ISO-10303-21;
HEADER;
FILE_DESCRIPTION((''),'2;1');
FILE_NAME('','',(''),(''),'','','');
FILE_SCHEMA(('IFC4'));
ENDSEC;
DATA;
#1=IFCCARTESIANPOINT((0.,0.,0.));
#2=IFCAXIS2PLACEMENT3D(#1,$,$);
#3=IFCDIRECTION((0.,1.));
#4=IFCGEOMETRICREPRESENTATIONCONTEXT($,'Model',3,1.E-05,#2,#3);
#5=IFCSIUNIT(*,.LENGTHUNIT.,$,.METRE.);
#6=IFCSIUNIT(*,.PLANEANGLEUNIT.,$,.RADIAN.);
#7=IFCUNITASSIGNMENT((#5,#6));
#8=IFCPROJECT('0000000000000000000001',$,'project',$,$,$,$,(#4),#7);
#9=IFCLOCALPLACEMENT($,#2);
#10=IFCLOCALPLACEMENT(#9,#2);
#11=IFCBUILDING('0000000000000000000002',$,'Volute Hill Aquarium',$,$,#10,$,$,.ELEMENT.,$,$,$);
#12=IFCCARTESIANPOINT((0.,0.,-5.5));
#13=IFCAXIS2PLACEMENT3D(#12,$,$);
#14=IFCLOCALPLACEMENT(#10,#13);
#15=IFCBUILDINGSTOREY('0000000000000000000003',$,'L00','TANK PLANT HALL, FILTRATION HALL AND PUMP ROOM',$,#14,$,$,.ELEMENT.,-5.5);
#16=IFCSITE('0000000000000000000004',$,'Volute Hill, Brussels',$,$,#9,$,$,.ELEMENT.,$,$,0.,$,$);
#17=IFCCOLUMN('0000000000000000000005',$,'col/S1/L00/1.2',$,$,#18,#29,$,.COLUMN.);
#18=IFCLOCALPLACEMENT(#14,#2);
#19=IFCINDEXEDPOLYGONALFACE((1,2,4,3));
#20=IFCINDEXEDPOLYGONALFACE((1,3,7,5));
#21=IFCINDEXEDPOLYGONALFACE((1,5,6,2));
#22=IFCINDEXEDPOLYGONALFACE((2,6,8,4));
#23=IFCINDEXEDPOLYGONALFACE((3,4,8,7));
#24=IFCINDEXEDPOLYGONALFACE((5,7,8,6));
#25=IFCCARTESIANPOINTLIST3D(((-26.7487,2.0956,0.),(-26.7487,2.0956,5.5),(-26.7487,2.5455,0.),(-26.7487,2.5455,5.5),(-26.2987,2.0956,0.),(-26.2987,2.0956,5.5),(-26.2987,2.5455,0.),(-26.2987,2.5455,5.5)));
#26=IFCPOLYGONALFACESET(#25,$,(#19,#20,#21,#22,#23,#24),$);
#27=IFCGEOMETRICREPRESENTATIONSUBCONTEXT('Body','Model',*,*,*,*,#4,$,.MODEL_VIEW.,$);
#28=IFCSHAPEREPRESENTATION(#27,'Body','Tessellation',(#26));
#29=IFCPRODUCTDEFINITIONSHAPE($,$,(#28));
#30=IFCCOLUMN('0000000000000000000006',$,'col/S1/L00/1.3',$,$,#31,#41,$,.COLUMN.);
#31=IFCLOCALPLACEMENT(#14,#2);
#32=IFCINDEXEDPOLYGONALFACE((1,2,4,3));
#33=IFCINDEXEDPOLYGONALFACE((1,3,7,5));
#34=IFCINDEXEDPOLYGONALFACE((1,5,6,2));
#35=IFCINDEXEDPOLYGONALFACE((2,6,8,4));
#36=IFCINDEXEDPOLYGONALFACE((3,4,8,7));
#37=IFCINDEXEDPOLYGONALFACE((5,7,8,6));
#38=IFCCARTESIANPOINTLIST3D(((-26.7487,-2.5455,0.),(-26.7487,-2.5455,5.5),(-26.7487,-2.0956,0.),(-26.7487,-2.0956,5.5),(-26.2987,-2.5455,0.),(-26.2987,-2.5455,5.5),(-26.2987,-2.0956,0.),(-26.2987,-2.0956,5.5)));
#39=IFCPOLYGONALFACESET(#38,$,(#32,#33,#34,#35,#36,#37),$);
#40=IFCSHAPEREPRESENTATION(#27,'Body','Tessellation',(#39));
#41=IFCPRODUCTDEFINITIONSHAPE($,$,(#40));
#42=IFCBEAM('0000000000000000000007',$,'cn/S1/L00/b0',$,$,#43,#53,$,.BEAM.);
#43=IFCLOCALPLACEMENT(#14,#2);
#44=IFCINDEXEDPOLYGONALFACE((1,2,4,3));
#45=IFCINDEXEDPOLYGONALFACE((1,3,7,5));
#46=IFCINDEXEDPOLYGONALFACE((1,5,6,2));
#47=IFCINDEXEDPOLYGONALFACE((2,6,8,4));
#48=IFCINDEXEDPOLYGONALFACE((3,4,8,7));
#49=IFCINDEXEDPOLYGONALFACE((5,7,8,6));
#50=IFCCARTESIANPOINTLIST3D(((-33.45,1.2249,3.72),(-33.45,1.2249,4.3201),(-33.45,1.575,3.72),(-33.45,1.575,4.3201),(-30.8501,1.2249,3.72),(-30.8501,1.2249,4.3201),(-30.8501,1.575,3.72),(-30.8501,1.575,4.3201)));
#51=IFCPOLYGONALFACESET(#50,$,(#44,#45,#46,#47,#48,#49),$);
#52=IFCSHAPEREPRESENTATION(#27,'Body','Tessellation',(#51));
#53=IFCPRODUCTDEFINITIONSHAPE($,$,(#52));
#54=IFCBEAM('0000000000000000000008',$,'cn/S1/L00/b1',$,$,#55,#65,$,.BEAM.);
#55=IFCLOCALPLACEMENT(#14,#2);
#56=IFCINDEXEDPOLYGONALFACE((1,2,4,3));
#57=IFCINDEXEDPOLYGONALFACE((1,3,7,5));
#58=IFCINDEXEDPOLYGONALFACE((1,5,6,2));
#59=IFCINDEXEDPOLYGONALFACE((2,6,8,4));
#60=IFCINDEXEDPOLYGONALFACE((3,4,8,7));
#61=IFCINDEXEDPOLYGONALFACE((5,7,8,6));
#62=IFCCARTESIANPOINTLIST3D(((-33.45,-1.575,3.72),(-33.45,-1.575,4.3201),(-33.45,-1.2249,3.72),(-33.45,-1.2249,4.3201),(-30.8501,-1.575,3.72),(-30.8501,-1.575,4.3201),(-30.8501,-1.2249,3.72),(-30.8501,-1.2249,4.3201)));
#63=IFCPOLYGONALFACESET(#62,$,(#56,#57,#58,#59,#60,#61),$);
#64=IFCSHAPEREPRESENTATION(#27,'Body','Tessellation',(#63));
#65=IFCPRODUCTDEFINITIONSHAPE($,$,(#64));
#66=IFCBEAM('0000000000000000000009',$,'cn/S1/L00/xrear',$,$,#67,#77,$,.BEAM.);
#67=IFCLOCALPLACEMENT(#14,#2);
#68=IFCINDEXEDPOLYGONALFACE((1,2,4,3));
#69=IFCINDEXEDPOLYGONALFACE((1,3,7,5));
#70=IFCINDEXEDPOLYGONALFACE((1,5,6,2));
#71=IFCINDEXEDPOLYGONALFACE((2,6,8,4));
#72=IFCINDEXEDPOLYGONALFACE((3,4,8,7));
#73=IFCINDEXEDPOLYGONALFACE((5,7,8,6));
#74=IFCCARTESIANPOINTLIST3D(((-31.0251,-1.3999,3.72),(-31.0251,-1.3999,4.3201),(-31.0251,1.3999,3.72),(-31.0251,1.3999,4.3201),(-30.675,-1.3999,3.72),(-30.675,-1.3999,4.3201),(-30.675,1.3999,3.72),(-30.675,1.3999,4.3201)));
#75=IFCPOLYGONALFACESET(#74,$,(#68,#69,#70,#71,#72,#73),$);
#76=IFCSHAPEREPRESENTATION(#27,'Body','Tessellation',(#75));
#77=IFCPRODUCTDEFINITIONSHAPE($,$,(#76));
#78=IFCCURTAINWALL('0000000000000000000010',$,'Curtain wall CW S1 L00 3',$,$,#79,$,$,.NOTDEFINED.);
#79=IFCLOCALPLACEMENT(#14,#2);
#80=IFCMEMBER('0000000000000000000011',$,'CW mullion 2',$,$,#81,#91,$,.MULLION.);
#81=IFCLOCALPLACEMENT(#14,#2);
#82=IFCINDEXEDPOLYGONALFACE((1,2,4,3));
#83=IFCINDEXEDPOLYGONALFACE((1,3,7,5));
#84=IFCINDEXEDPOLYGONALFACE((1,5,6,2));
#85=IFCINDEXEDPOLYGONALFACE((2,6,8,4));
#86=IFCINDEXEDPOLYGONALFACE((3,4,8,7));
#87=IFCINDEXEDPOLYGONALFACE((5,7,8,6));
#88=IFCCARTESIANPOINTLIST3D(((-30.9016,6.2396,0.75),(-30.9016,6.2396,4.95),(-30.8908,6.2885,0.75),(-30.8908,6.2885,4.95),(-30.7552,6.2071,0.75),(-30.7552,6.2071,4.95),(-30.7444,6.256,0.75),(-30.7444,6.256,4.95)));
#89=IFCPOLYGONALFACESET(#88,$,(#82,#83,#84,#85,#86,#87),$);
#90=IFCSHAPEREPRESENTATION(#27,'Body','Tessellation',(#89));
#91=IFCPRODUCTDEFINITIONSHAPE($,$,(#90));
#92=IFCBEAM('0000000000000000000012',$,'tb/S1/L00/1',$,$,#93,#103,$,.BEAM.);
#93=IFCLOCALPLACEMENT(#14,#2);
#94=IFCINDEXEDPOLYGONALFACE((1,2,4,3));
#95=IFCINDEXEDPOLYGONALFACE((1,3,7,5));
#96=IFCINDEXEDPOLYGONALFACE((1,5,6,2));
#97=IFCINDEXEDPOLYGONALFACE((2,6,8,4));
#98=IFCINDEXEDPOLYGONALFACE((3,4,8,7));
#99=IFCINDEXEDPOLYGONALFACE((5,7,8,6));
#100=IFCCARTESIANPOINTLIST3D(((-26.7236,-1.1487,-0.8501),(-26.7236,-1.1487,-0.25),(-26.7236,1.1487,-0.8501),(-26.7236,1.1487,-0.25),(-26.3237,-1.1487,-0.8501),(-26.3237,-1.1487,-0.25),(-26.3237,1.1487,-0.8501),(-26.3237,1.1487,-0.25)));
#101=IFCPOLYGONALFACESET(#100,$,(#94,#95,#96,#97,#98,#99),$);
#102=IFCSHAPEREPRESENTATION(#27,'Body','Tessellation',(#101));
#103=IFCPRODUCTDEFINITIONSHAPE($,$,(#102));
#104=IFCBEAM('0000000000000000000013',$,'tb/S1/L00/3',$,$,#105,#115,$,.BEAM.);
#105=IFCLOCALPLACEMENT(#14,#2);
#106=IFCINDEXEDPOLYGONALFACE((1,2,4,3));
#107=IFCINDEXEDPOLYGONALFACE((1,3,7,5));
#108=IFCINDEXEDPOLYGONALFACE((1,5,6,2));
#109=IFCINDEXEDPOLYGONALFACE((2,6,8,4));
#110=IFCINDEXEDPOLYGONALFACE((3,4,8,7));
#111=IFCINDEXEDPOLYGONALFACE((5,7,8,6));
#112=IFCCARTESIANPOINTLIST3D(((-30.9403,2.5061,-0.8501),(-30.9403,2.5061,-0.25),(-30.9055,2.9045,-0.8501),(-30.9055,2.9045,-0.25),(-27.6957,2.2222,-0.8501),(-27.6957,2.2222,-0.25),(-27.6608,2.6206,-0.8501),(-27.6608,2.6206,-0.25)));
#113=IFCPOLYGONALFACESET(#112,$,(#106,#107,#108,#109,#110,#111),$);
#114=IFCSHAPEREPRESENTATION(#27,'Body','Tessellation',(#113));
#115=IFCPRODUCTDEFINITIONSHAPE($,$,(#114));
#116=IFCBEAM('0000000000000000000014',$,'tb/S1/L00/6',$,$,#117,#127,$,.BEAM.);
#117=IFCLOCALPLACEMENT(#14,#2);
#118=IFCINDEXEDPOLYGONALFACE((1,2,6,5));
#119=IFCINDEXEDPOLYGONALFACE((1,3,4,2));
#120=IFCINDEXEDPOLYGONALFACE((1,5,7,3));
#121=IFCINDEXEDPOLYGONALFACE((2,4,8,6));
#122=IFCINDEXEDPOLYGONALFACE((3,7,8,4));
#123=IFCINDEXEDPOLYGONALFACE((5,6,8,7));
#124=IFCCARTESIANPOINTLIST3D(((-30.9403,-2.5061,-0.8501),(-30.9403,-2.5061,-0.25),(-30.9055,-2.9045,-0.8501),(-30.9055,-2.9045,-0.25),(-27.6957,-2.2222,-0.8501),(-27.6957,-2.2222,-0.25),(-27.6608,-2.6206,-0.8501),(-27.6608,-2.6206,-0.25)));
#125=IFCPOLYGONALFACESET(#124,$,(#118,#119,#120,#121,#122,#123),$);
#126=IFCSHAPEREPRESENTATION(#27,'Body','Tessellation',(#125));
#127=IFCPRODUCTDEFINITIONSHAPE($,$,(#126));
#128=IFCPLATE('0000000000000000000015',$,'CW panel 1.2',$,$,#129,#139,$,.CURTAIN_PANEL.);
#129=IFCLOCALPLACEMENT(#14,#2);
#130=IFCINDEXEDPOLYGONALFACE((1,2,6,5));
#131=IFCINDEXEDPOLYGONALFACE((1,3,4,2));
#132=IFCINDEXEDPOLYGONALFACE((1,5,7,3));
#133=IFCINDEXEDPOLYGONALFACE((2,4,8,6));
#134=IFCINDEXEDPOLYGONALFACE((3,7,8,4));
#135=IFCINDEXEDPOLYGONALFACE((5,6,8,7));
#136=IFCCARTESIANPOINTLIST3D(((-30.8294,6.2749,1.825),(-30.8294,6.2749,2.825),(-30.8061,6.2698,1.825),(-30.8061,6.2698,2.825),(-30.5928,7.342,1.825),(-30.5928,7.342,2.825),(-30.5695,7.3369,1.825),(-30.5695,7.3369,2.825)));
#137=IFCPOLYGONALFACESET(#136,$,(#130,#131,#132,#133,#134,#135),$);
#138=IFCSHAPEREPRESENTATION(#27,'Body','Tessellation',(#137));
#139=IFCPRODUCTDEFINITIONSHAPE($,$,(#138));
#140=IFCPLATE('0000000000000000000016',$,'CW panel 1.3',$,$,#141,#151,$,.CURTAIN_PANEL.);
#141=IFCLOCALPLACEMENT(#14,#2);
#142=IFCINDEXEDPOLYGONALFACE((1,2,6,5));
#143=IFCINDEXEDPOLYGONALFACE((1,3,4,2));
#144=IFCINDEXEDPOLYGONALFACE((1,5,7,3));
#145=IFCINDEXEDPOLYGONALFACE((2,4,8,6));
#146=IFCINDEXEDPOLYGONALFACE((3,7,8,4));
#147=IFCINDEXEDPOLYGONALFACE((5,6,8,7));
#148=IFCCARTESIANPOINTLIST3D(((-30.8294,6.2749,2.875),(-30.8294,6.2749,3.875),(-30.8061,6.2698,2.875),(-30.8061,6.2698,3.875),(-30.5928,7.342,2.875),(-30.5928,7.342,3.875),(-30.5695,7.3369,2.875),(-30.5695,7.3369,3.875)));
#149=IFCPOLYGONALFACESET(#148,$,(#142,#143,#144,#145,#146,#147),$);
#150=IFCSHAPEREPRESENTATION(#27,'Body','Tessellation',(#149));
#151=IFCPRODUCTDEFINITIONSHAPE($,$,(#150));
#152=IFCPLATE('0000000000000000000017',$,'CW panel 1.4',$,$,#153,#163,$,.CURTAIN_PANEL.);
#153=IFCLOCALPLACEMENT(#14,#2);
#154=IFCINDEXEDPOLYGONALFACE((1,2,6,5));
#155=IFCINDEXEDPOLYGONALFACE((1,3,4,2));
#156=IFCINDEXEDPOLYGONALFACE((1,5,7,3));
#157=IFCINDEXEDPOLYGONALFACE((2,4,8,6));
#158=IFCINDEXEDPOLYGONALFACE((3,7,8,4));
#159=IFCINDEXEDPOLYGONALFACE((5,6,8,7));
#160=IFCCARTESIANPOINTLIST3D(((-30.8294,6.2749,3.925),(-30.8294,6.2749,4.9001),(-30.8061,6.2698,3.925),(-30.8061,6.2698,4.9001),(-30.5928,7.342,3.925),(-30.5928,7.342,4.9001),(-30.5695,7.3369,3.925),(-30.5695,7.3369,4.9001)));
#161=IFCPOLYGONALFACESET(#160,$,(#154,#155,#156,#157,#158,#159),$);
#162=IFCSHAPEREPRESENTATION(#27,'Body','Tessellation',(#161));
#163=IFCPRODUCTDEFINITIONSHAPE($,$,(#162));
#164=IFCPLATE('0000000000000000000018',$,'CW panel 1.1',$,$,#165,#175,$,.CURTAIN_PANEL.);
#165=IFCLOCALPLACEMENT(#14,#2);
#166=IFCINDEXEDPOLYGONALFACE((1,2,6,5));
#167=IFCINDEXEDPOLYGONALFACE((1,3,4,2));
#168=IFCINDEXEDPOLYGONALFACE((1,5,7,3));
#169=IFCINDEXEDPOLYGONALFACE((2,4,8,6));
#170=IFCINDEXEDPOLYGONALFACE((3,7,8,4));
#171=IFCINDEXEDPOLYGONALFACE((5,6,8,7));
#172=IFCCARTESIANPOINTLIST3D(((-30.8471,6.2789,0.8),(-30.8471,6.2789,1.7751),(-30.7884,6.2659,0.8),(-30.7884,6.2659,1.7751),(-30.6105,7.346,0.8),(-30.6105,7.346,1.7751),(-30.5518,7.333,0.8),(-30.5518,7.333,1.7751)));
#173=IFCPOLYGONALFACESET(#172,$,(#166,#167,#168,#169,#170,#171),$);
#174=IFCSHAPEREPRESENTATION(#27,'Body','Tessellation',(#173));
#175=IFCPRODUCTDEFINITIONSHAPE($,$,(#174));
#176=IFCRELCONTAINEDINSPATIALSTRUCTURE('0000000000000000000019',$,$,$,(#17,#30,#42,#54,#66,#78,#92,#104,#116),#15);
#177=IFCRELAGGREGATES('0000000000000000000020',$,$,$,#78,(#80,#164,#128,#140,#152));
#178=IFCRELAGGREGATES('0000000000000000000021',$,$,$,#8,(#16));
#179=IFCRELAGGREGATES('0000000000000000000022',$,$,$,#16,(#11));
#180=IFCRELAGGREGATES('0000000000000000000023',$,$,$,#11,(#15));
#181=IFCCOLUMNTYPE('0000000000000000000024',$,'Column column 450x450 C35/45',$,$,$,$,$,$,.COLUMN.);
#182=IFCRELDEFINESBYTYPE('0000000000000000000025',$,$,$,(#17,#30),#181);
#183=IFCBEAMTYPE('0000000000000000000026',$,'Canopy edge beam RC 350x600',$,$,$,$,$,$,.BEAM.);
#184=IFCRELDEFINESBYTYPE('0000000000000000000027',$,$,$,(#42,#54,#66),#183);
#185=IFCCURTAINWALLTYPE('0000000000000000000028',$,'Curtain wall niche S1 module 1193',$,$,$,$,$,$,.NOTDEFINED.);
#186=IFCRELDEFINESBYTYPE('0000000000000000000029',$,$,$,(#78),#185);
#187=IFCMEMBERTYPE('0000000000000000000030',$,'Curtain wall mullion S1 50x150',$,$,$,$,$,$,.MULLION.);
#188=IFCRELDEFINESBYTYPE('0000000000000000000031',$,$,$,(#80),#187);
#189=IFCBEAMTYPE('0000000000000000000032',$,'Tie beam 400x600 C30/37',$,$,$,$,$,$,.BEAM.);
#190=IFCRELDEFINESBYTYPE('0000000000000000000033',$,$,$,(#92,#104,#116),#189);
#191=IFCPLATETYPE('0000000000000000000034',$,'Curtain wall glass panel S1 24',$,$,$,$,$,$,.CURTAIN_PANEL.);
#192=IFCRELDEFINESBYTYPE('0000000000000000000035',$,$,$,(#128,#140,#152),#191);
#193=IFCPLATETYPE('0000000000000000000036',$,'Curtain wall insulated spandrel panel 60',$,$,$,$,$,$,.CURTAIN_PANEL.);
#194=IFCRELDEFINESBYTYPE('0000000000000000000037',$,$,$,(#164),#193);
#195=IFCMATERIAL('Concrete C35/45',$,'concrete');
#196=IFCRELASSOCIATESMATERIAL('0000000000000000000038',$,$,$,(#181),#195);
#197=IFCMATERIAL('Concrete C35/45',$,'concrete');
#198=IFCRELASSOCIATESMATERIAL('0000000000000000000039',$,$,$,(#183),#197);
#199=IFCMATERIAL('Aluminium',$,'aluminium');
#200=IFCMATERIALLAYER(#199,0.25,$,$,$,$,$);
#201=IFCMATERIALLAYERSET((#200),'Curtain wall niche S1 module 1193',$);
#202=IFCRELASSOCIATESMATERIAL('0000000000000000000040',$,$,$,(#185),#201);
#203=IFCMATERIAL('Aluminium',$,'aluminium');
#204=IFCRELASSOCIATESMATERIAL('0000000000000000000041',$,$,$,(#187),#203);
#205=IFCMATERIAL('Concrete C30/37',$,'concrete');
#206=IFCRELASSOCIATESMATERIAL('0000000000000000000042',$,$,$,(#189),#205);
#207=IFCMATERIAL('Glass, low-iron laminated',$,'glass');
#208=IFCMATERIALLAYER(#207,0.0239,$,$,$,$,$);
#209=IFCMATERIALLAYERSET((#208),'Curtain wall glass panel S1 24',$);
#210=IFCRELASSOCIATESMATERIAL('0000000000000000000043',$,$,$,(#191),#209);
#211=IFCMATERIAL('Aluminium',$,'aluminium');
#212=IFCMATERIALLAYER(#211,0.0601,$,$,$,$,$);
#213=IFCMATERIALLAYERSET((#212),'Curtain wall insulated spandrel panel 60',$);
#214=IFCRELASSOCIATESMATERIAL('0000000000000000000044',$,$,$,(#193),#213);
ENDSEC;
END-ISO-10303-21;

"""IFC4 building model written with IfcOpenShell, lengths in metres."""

from ifc_helpers import new_model, si_unit, direction, frame, origin, origin_2d, place, context, subcontext, project, spatial, rectangle, extrude, material, layer, layer_set, material_profile, profile_set, type_object, element, aggregate, save


model = new_model("IFC4")

# Units and contexts
model_context = context("Model", 3, precision=1e-05, world=origin(), true_north=direction((0.0, 1.0)))
body_context = subcontext(model_context, "Body", "Model", "MODEL_VIEW")
ifc_project = project(units=[si_unit("LENGTHUNIT", "METRE"), si_unit("PLANEANGLEUNIT", "RADIAN")], contexts=[model_context])

# Site, building, storey
site_placement = place(None, origin())
site = spatial("IfcSite", under=ifc_project, at=site_placement, Name="Volute Hill, Brussels", CompositionType="ELEMENT", RefElevation=0.0)
building_placement = place(site_placement, origin())
building = spatial("IfcBuilding", under=site, at=building_placement, Name="Volute Hill Aquarium", CompositionType="ELEMENT")
storey_placement = place(building_placement, frame((0.0, 0.0, -5.5)))
storey = spatial("IfcBuildingStorey", under=building, at=storey_placement, Name="L00", Description="TANK PLANT HALL, FILTRATION HALL AND PUMP ROOM", CompositionType="ELEMENT", Elevation=-5.5)

# Columns
ifc_material_1 = material(Name="Concrete C35/45", Category="concrete")
ifc_material_profile_1 = material_profile(ifc_material_1, rectangle(XDim=0.45, YDim=0.45, at=origin_2d()), Name="RC column 450x450")
ifc_profile_set_1 = profile_set([ifc_material_profile_1], Name="Concrete C35/45")
column_type = type_object("IfcColumnType", Name="Column column 450x450 C35/45", PredefinedType="COLUMN", material=ifc_profile_set_1)
for number, where, z_axis, x_axis, name in (
    (1, (-26.5237, 2.3206, 0.0), (0.0, 0.0, 1.0), (1.0, 0.0, 0.0), "col/S1/L00/1.2"),
    (2, (-26.5237, -2.3206, 0.0), (0.0, 0.0, 1.0), (1.0, 0.0, 0.0), "col/S1/L00/1.3"),
):
    element("IfcColumn", number, at=place(storey_placement, frame(where, z_axis=z_axis, x_axis=x_axis)), inside=storey, type_object=column_type, Name=name, PredefinedType="COLUMN", context=body_context, shape_type="SweptSolid", body=[
        extrude(rectangle(XDim=0.45, YDim=0.45, at=origin_2d()), origin(), (0.0, 0.0, 1.0), 5.5),
    ])

# Beams
ifc_material_2 = material(Name="Concrete C35/45", Category="concrete")
ifc_material_profile_2 = material_profile(ifc_material_2, rectangle(XDim=0.3501, YDim=0.6001, at=origin_2d()), Name="RC edge beam 350x600")
ifc_profile_set_2 = profile_set([ifc_material_profile_2], Name="Concrete C35/45")
beam_type_1 = type_object("IfcBeamType", Name="Canopy edge beam RC 350x600", PredefinedType="BEAM", material=ifc_profile_set_2)
for number, where, z_axis, x_axis, name in (
    (3, (-30.8501, 1.3999, 4.02), (-1.0, 0.0, 0.0), (0.0, -1.0, 0.0), "cn/S1/L00/b0"),
    (4, (-30.8501, -1.3999, 4.02), (-1.0, 0.0, 0.0), (0.0, -1.0, 0.0), "cn/S1/L00/b1"),
):
    element("IfcBeam", number, at=place(storey_placement, frame(where, z_axis=z_axis, x_axis=x_axis)), inside=storey, type_object=beam_type_1, Name=name, PredefinedType="BEAM", context=body_context, shape_type="SweptSolid", body=[
        extrude(rectangle(XDim=0.3501, YDim=0.6001, at=origin_2d()), origin(), (0.0, 0.0, 1.0), 2.5999),
    ])
beam_1_placement = place(storey_placement, frame((-30.8501, 1.3999, 4.02), z_axis=(0.0, -1.0, 0.0), x_axis=(1.0, 0.0, 0.0)))
element("IfcBeam", 5, at=beam_1_placement, inside=storey, type_object=beam_type_1, Name="cn/S1/L00/xrear", PredefinedType="BEAM", context=body_context, shape_type="SweptSolid", body=[
    extrude(rectangle(XDim=0.3501, YDim=0.6001, at=origin_2d()), origin(), (0.0, 0.0, 1.0), 2.7998),
])

# Curtain wall, member
ifc_material_3 = material(Name="Aluminium", Category="aluminium")
ifc_layer_1 = layer(ifc_material_3, 0.25)
ifc_layer_set_1 = layer_set([ifc_layer_1], Name="Curtain wall niche S1 module 1193")
curtain_wall_type = type_object("IfcCurtainWallType", Name="Curtain wall niche S1 module 1193", PredefinedType="NOTDEFINED", material=ifc_layer_set_1)
curtain_wall_placement = place(storey_placement, origin())
curtain_wall = element("IfcCurtainWall", 6, at=curtain_wall_placement, inside=storey, type_object=curtain_wall_type, Name="Curtain wall CW S1 L00 3", PredefinedType="NOTDEFINED")
ifc_material_4 = material(Name="Aluminium", Category="aluminium")
ifc_material_profile_3 = material_profile(ifc_material_4, rectangle(XDim=0.1499, YDim=0.05, at=origin_2d()), Name="Curtain wall mullion S1 50x150")
ifc_profile_set_3 = profile_set([ifc_material_profile_3], Name="Aluminium")
member_type = type_object("IfcMemberType", Name="Curtain wall mullion S1 50x150", PredefinedType="MULLION", material=ifc_profile_set_3)
member_placement = place(storey_placement, frame((-30.823, 6.2478, 0.75), z_axis=(0.0, 0.0, 1.0), x_axis=(0.976292, -0.216458, 0.0)))
member = element("IfcMember", 7, at=member_placement, type_object=member_type, Name="CW mullion 2", PredefinedType="MULLION", context=body_context, shape_type="SweptSolid", body=[
    extrude(rectangle(XDim=0.1499, YDim=0.05, at=origin_2d()), origin(), (0.0, 0.0, 1.0), 4.2),
])

# Beams
ifc_material_5 = material(Name="Concrete C30/37", Category="concrete")
ifc_material_profile_4 = material_profile(ifc_material_5, rectangle(XDim=0.3999, YDim=0.6001, at=origin_2d()), Name="RC tie beam 400x600")
ifc_profile_set_4 = profile_set([ifc_material_profile_4], Name="Concrete C30/37")
beam_type_2 = type_object("IfcBeamType", Name="Tie beam 400x600 C30/37", PredefinedType="BEAM", material=ifc_profile_set_4)
beam_2_placement = place(storey_placement, frame((-26.5237, 1.1487, -0.55), z_axis=(0.0, -1.0, 0.0), x_axis=(1.0, 0.0, 0.0)))
element("IfcBeam", 8, at=beam_2_placement, inside=storey, type_object=beam_type_2, Name="tb/S1/L00/1", PredefinedType="BEAM", context=body_context, shape_type="SweptSolid", body=[
    extrude(rectangle(XDim=0.3999, YDim=0.6001, at=origin_2d()), origin(), (0.0, 0.0, 1.0), 2.2974),
])
for number, where, z_axis, x_axis, name in (
    (9, (-27.6782, 2.4214, -0.55), (-0.996193, 0.087176, 0.0), (-0.087176, -0.996193, 0.0), "tb/S1/L00/3"),
    (10, (-27.6782, -2.4214, -0.55), (-0.996193, -0.087176, 0.0), (0.087176, -0.996193, 0.0), "tb/S1/L00/6"),
):
    element("IfcBeam", number, at=place(storey_placement, frame(where, z_axis=z_axis, x_axis=x_axis)), inside=storey, type_object=beam_type_2, Name=name, PredefinedType="BEAM", context=body_context, shape_type="SweptSolid", body=[
        extrude(rectangle(XDim=0.3999, YDim=0.6001, at=origin_2d()), origin(), (0.0, 0.0, 1.0), 3.2571),
    ])

# Plates
ifc_material_6 = material(Name="Glass, low-iron laminated", Category="glass")
ifc_layer_2 = layer(ifc_material_6, 0.0239)
ifc_layer_set_2 = layer_set([ifc_layer_2], Name="Curtain wall glass panel S1 24")
plate_type_1 = type_object("IfcPlateType", Name="Curtain wall glass panel S1 24", PredefinedType="CURTAIN_PANEL", material=ifc_layer_set_2)
plate_1_placement = place(storey_placement, frame((-30.6995, 6.8059, 1.825), z_axis=(0.0, 0.0, 1.0), x_axis=(-0.216458, -0.976292, 0.0)))
plate_1 = element("IfcPlate", 11, at=plate_1_placement, type_object=plate_type_1, Name="CW panel 1.2", PredefinedType="CURTAIN_PANEL", context=body_context, shape_type="SweptSolid", body=[
    extrude(rectangle(XDim=1.093, YDim=0.0239, at=origin_2d()), origin(), (0.0, 0.0, 1.0), 1.0),
])
plate_2_placement = place(storey_placement, frame((-30.6995, 6.8059, 2.875), z_axis=(0.0, 0.0, 1.0), x_axis=(-0.216458, -0.976292, 0.0)))
plate_2 = element("IfcPlate", 12, at=plate_2_placement, type_object=plate_type_1, Name="CW panel 1.3", PredefinedType="CURTAIN_PANEL", context=body_context, shape_type="SweptSolid", body=[
    extrude(rectangle(XDim=1.093, YDim=0.0239, at=origin_2d()), origin(), (0.0, 0.0, 1.0), 1.0),
])
plate_3_placement = place(storey_placement, frame((-30.6995, 6.8059, 3.925), z_axis=(0.0, 0.0, 1.0), x_axis=(-0.216458, -0.976292, 0.0)))
plate_3 = element("IfcPlate", 13, at=plate_3_placement, type_object=plate_type_1, Name="CW panel 1.4", PredefinedType="CURTAIN_PANEL", context=body_context, shape_type="SweptSolid", body=[
    extrude(rectangle(XDim=1.093, YDim=0.0239, at=origin_2d()), origin(), (0.0, 0.0, 1.0), 0.9751),
])
ifc_material_7 = material(Name="Aluminium", Category="aluminium")
ifc_layer_3 = layer(ifc_material_7, 0.0601)
ifc_layer_set_3 = layer_set([ifc_layer_3], Name="Curtain wall insulated spandrel panel 60")
plate_type_2 = type_object("IfcPlateType", Name="Curtain wall insulated spandrel panel 60", PredefinedType="CURTAIN_PANEL", material=ifc_layer_set_3)
plate_4_placement = place(storey_placement, frame((-30.6995, 6.8059, 0.8), z_axis=(0.0, 0.0, 1.0), x_axis=(-0.216458, -0.976292, 0.0)))
plate_4 = element("IfcPlate", 14, at=plate_4_placement, type_object=plate_type_2, Name="CW panel 1.1", PredefinedType="CURTAIN_PANEL", context=body_context, shape_type="SweptSolid", body=[
    extrude(rectangle(XDim=1.093, YDim=0.0601, at=origin_2d()), origin(), (0.0, 0.0, 1.0), 0.9751),
])
aggregate(curtain_wall, [member, plate_4, plate_1, plate_2, plate_3])

save(model, "model.ifc")
